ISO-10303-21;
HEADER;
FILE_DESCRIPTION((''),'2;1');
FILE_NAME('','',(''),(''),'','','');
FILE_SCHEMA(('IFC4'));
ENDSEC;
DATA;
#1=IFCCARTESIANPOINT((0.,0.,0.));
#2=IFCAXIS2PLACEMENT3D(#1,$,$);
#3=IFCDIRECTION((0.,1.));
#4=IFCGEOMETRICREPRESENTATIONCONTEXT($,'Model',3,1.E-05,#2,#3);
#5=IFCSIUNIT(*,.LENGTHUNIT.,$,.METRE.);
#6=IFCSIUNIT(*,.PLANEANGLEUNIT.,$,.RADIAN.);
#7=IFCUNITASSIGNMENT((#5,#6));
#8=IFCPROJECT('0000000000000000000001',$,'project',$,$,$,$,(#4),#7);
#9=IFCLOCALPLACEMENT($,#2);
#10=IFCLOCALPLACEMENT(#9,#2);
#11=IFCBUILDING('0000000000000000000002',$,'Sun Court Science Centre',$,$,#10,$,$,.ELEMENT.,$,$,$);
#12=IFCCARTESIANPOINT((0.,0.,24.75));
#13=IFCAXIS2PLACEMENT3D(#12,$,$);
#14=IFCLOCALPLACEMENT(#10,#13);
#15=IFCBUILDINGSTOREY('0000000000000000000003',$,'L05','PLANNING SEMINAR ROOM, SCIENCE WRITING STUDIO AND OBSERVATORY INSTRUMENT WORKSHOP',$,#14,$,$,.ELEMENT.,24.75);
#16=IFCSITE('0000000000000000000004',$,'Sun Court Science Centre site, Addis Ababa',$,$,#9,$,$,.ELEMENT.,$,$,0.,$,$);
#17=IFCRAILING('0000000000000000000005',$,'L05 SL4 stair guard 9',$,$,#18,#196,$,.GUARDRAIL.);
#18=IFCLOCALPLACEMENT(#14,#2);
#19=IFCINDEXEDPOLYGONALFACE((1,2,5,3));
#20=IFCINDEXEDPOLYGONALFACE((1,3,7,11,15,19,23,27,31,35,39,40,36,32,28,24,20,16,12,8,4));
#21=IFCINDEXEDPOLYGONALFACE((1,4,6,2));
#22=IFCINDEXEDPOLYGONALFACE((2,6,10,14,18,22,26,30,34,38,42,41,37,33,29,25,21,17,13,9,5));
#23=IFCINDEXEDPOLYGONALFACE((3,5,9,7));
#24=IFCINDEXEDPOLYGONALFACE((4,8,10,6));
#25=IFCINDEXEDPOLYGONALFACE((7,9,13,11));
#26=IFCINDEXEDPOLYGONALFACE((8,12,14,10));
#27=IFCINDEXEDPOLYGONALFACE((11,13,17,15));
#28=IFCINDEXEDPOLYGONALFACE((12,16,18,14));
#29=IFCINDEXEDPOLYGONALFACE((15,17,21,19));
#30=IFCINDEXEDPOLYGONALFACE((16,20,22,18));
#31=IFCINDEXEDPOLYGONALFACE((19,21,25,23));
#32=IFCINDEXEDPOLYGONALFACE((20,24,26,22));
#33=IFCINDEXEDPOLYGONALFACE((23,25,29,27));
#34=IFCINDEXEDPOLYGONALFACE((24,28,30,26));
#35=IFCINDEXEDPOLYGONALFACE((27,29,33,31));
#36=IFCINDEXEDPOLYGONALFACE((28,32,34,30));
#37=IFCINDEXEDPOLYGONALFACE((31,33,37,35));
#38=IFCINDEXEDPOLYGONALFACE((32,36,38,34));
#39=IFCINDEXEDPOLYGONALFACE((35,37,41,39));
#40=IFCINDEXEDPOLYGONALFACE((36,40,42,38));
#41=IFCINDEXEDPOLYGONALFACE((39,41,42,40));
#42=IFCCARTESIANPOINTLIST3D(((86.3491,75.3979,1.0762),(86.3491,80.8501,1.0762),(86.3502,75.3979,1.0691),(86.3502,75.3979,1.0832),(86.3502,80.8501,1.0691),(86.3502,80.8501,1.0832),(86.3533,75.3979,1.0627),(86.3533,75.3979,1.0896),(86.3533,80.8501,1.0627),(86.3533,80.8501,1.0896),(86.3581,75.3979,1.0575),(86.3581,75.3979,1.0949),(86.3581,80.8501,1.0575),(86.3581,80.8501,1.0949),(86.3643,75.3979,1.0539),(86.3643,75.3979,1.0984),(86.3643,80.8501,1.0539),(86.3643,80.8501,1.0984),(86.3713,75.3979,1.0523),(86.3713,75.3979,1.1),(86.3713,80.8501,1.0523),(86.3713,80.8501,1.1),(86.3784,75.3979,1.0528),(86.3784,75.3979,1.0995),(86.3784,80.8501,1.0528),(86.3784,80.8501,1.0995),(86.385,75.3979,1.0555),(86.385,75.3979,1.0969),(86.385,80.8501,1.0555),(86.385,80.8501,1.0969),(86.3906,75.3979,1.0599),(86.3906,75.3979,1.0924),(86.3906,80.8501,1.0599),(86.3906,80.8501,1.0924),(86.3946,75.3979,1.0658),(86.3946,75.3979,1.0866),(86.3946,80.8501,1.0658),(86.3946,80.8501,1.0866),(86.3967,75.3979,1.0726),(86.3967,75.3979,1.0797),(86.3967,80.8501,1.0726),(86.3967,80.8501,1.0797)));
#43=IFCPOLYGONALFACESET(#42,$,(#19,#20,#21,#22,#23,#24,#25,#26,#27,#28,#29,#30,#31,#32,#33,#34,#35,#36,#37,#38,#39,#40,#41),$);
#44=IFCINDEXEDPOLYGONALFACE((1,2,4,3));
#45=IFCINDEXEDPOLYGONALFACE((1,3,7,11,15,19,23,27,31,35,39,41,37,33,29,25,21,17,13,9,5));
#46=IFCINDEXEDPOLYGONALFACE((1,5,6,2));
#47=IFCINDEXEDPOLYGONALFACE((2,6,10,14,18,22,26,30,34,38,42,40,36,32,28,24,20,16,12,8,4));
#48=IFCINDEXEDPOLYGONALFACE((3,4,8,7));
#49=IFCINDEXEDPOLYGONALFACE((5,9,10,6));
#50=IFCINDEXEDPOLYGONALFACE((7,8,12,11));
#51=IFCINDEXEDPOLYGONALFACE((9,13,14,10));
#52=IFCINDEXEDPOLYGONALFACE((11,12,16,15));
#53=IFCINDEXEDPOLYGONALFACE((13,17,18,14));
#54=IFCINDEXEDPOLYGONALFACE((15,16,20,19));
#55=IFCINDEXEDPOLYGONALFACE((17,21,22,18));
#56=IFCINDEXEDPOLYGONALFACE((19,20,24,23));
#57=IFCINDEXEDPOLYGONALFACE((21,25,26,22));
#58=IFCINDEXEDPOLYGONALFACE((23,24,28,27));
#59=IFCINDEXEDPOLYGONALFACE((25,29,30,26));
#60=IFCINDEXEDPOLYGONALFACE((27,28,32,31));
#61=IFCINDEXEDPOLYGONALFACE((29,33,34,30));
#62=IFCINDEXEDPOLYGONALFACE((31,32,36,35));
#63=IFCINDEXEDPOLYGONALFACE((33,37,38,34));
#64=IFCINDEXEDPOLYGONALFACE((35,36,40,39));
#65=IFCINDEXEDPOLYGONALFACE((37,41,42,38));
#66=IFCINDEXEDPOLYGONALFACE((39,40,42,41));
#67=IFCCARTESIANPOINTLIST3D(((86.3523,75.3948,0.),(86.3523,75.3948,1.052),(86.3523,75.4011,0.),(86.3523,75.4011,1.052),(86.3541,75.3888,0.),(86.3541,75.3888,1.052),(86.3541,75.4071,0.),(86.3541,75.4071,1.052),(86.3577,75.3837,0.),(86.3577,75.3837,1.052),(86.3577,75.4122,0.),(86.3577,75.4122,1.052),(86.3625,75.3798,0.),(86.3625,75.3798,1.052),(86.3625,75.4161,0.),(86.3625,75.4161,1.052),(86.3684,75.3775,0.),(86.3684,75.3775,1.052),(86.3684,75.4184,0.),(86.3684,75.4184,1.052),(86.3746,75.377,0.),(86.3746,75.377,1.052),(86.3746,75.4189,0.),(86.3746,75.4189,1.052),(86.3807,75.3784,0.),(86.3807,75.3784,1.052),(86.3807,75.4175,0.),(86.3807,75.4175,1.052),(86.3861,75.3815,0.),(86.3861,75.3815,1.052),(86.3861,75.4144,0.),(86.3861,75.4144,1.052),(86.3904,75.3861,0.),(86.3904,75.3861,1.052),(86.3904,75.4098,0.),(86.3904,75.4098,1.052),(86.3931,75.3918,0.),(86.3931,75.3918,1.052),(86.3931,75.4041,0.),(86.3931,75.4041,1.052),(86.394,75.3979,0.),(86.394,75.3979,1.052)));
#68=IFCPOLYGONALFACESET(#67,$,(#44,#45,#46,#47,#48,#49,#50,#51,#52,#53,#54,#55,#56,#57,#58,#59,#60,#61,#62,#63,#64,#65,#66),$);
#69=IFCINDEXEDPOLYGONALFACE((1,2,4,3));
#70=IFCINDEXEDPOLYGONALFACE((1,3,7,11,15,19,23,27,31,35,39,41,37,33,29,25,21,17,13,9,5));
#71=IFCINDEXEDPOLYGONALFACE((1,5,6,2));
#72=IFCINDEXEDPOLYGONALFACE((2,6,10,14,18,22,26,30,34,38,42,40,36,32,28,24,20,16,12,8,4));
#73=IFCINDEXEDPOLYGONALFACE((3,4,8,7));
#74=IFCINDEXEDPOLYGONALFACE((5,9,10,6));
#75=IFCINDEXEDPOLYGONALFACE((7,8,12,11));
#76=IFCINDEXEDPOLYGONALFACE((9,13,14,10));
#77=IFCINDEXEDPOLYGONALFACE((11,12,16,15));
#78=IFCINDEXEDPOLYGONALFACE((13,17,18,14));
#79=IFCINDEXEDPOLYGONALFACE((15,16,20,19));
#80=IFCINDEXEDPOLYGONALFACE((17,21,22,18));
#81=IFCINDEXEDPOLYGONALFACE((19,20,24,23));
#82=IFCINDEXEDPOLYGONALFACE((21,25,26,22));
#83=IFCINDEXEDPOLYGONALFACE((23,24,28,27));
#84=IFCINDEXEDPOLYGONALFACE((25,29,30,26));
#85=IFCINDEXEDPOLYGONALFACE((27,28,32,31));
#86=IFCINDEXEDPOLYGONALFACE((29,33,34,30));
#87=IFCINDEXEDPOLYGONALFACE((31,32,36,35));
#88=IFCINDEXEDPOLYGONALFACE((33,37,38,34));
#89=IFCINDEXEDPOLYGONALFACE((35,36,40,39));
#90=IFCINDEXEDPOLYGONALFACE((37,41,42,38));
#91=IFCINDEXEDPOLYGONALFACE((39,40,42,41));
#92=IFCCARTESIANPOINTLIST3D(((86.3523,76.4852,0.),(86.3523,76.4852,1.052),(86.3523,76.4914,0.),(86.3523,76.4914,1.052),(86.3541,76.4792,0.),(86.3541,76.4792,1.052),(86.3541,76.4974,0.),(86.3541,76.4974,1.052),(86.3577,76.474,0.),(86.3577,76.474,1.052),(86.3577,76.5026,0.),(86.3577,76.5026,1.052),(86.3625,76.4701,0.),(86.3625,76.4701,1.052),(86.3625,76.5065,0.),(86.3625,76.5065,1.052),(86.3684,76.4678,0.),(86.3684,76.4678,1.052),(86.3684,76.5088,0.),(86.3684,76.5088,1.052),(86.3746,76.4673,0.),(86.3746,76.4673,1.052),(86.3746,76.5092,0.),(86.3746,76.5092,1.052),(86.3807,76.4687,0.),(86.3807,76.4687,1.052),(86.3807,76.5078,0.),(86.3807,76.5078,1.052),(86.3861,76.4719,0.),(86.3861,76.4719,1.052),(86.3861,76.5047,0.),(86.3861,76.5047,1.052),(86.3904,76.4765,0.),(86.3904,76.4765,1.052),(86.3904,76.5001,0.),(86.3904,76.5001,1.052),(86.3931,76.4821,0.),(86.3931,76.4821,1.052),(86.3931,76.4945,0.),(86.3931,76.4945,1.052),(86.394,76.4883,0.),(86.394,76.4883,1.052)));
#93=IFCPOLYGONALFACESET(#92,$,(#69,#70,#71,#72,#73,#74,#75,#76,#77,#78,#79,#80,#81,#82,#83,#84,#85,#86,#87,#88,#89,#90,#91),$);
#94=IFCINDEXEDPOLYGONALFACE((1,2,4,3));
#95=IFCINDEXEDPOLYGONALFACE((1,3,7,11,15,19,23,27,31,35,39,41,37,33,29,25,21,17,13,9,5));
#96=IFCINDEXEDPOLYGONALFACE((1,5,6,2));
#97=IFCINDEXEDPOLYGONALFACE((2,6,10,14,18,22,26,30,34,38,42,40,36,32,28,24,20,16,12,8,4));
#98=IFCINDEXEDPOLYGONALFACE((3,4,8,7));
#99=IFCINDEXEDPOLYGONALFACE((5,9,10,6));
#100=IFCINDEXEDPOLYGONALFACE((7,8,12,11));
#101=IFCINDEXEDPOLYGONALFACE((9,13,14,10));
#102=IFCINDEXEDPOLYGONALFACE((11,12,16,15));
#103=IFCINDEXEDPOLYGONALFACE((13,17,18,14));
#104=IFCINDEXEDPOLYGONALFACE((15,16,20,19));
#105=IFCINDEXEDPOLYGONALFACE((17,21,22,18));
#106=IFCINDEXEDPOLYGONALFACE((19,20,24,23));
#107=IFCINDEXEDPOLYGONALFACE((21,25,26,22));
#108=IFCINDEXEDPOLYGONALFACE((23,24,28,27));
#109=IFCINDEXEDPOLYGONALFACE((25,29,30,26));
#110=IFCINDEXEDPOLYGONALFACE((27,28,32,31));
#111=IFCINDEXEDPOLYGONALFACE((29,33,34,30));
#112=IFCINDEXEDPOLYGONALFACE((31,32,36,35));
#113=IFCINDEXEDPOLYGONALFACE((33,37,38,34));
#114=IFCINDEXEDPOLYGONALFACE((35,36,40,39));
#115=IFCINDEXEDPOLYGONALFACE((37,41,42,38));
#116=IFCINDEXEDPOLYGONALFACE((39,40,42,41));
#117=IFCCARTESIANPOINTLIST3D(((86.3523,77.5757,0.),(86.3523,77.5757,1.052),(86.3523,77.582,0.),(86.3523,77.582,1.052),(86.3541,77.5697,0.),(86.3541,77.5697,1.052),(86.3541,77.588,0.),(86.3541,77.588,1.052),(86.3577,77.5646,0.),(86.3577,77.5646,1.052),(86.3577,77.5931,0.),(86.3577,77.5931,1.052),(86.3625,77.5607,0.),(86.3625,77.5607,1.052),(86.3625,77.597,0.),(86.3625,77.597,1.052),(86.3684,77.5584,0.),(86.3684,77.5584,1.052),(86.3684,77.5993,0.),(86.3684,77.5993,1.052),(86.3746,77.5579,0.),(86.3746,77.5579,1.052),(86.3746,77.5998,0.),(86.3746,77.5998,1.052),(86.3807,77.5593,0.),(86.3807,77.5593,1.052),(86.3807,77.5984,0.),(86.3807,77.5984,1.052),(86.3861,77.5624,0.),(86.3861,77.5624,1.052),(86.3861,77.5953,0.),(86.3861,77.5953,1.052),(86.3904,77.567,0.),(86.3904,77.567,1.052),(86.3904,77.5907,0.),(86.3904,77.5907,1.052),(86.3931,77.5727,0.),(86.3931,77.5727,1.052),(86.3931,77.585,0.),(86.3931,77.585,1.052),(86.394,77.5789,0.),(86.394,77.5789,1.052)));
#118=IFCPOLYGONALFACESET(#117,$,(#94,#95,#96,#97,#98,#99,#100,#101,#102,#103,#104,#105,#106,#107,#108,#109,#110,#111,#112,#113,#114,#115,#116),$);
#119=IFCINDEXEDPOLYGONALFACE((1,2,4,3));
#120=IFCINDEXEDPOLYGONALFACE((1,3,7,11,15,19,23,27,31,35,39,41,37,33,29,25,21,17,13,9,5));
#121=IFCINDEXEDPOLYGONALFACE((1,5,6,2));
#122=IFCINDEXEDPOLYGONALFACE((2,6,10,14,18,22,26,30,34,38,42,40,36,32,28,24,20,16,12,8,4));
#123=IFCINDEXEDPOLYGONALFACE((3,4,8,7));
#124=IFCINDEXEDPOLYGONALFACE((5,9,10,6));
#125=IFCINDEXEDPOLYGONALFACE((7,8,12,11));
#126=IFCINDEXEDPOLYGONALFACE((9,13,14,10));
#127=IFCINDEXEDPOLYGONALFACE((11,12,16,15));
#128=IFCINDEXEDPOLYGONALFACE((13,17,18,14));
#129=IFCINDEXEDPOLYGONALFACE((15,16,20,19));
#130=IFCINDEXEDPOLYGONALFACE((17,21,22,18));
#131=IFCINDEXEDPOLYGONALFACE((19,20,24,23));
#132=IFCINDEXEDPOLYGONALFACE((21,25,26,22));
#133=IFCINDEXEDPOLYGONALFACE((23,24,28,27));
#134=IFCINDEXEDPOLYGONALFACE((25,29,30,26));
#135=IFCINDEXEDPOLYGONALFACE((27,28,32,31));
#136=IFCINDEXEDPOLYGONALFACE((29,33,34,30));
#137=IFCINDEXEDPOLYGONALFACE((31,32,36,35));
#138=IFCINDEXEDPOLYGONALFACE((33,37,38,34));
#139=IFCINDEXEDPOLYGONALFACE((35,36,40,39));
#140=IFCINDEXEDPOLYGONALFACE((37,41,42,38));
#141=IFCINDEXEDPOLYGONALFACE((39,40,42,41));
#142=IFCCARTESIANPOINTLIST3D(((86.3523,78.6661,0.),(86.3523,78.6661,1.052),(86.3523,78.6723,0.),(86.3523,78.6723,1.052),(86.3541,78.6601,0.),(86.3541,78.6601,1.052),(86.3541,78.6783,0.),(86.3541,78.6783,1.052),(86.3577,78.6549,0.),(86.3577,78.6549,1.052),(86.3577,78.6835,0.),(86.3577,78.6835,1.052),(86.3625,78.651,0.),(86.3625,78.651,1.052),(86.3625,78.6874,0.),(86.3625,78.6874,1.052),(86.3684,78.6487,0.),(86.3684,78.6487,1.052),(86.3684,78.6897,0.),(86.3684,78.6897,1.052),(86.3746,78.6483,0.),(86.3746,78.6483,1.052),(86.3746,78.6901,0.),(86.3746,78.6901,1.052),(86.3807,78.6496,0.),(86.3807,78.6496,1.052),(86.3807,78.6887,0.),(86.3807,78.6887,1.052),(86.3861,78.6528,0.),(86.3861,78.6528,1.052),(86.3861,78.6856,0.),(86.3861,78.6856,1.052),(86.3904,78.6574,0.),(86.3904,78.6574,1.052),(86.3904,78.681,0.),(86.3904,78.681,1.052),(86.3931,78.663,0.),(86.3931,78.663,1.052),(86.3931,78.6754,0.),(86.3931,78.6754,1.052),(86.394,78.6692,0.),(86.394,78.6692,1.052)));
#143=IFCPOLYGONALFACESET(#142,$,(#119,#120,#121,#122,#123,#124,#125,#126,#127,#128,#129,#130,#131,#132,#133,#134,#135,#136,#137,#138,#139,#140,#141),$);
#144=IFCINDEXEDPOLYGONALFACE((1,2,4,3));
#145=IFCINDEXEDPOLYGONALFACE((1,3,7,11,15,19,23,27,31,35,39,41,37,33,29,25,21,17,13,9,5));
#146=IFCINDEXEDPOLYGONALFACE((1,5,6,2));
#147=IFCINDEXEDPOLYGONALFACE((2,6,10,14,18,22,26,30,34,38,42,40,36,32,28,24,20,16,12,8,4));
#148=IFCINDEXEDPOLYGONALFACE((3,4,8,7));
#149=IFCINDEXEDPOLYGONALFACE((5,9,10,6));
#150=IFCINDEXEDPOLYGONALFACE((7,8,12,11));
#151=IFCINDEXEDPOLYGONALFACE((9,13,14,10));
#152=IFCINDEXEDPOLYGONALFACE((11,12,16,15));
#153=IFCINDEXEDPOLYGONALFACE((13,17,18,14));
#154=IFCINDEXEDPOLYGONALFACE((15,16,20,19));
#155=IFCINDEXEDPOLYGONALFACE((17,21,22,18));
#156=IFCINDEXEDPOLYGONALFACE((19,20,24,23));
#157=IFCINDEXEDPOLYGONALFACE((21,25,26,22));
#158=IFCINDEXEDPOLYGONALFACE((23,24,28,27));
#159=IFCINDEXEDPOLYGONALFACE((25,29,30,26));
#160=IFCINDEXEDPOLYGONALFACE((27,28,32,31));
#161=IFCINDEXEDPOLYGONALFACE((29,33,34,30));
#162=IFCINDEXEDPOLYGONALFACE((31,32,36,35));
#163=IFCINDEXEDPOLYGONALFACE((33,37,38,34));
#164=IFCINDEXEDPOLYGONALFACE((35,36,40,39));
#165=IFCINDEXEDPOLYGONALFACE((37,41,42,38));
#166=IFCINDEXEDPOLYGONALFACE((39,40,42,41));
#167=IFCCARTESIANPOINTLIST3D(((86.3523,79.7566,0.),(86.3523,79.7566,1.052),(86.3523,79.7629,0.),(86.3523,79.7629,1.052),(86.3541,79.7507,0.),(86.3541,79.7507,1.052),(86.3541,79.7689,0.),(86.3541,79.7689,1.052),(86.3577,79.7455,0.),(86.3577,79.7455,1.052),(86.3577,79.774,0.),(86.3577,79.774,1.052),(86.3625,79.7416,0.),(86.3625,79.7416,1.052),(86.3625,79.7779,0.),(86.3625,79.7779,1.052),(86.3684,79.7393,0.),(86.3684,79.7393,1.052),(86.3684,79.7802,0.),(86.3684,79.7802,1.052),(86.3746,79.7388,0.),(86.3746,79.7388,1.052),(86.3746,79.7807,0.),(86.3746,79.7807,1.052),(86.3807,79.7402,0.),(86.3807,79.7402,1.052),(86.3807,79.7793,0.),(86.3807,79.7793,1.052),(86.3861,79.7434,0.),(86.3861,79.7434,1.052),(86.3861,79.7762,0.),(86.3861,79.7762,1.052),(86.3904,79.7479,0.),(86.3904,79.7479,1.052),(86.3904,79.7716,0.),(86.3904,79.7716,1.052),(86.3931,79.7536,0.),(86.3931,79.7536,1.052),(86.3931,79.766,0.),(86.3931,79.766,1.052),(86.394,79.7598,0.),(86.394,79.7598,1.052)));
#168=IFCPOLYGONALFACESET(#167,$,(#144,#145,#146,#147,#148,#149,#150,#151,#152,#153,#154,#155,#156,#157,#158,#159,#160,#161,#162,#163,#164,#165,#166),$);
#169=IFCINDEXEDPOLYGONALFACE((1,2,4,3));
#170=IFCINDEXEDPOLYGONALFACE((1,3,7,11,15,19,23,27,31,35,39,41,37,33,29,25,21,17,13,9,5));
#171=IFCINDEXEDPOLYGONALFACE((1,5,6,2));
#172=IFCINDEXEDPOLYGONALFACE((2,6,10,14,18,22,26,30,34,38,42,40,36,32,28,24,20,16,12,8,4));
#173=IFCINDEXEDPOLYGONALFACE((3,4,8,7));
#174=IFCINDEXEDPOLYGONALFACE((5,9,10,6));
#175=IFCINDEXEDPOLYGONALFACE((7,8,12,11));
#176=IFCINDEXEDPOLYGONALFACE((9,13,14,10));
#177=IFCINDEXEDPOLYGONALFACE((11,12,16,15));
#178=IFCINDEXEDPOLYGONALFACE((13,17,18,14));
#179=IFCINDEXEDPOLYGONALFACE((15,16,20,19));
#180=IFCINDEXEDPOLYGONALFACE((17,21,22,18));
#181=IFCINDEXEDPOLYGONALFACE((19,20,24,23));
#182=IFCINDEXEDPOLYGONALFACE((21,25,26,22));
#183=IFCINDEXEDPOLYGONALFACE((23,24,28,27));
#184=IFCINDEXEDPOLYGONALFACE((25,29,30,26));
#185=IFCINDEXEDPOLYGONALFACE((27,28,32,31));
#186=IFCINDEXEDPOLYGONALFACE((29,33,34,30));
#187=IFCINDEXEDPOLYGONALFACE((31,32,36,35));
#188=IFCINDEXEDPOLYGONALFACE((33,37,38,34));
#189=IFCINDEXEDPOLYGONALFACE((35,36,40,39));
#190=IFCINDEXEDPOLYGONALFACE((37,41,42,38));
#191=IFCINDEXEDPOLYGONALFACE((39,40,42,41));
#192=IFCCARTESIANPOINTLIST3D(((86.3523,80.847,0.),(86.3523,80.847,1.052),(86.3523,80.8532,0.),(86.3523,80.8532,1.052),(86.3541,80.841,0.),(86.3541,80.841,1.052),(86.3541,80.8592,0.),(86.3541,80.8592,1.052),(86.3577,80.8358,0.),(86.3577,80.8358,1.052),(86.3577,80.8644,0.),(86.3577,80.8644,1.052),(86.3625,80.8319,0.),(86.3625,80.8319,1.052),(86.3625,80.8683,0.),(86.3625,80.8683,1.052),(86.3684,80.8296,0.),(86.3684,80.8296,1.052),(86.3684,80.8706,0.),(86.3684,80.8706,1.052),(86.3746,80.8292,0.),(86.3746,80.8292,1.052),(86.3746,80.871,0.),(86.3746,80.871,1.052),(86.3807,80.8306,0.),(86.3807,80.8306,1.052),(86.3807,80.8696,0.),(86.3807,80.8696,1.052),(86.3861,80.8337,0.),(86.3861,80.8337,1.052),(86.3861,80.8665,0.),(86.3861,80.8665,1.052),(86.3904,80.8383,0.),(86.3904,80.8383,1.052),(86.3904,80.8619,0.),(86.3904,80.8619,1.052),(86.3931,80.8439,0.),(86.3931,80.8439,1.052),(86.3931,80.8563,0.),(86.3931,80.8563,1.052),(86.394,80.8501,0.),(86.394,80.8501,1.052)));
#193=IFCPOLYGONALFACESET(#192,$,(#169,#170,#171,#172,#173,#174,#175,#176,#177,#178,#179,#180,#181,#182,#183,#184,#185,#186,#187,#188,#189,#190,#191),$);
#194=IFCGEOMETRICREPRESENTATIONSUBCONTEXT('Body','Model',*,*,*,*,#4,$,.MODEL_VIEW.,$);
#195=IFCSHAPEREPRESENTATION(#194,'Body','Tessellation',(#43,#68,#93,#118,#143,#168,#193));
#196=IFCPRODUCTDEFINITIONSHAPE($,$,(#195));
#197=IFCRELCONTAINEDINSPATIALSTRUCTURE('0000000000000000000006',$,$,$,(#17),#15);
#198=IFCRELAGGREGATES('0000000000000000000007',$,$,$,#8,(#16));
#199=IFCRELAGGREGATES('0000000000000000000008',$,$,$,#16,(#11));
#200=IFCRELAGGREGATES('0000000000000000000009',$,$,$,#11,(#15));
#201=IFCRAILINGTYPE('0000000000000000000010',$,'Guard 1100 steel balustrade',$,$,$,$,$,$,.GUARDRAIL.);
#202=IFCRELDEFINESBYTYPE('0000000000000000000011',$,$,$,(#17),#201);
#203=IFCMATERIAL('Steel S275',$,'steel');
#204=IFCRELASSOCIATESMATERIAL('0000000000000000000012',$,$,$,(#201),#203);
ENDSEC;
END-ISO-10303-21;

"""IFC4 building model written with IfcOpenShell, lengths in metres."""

from ifc_helpers import new_model, si_unit, direction, frame, origin, origin_2d, place, context, subcontext, project, spatial, circle, extrude, material, type_object, element, save


model = new_model("IFC4")

# Units and contexts
model_context = context("Model", 3, precision=1e-05, world=origin(), true_north=direction((0.0, 1.0)))
body_context = subcontext(model_context, "Body", "Model", "MODEL_VIEW")
ifc_project = project(units=[si_unit("LENGTHUNIT", "METRE"), si_unit("PLANEANGLEUNIT", "RADIAN")], contexts=[model_context])

# Site, building, storey
site_placement = place(None, origin())
site = spatial("IfcSite", under=ifc_project, at=site_placement, Name="Sun Court Science Centre site, Addis Ababa", CompositionType="ELEMENT", RefElevation=0.0)
building_placement = place(site_placement, origin())
building = spatial("IfcBuilding", under=site, at=building_placement, Name="Sun Court Science Centre", CompositionType="ELEMENT")
storey_placement = place(building_placement, frame((0.0, 0.0, 24.75)))
storey = spatial("IfcBuildingStorey", under=building, at=storey_placement, Name="L05", Description="PLANNING SEMINAR ROOM, SCIENCE WRITING STUDIO AND OBSERVATORY INSTRUMENT WORKSHOP", CompositionType="ELEMENT", Elevation=24.75)

# Railing
ifc_material_1 = material(Name="Steel S275", Category="steel")
railing_type_1 = type_object("IfcRailingType", Name="Guard 1100 steel balustrade", PredefinedType="GUARDRAIL", material=ifc_material_1)
for number, where, name in (
    (1, (86.373, 75.3979, 0.0), "L05 SL4 stair guard 9"),
):
    element("IfcRailing", number, at=place(storey_placement, frame(where)), inside=storey, type_object=railing_type_1, Name=name, PredefinedType="GUARDRAIL", context=body_context, shape_type="SweptSolid", body=[
        extrude(circle(Radius=0.0239, at=origin_2d()), frame((0.0, 0.0, 1.0762), z_axis=(0.0, 1.0, 0.0), x_axis=(-1.0, 0.0, 0.0)), (0.0, 0.0, 1.0), 5.4521),
        extrude(circle(Radius=0.021, at=origin_2d()), origin(), (0.0, 0.0, 1.0), 1.052),
        extrude(circle(Radius=0.021, at=origin_2d()), frame((0.0, 1.0903, 0.0)), (0.0, 0.0, 1.0), 1.052),
        extrude(circle(Radius=0.021, at=origin_2d()), frame((0.0, 2.1809, 0.0)), (0.0, 0.0, 1.0), 1.052),
        extrude(circle(Radius=0.021, at=origin_2d()), frame((0.0, 3.2712, 0.0)), (0.0, 0.0, 1.0), 1.052),
        extrude(circle(Radius=0.021, at=origin_2d()), frame((0.0, 4.3618, 0.0)), (0.0, 0.0, 1.0), 1.052),
        extrude(circle(Radius=0.021, at=origin_2d()), frame((0.0, 5.4521, 0.0)), (0.0, 0.0, 1.0), 1.052),
    ])

save(model, "model.ifc")
